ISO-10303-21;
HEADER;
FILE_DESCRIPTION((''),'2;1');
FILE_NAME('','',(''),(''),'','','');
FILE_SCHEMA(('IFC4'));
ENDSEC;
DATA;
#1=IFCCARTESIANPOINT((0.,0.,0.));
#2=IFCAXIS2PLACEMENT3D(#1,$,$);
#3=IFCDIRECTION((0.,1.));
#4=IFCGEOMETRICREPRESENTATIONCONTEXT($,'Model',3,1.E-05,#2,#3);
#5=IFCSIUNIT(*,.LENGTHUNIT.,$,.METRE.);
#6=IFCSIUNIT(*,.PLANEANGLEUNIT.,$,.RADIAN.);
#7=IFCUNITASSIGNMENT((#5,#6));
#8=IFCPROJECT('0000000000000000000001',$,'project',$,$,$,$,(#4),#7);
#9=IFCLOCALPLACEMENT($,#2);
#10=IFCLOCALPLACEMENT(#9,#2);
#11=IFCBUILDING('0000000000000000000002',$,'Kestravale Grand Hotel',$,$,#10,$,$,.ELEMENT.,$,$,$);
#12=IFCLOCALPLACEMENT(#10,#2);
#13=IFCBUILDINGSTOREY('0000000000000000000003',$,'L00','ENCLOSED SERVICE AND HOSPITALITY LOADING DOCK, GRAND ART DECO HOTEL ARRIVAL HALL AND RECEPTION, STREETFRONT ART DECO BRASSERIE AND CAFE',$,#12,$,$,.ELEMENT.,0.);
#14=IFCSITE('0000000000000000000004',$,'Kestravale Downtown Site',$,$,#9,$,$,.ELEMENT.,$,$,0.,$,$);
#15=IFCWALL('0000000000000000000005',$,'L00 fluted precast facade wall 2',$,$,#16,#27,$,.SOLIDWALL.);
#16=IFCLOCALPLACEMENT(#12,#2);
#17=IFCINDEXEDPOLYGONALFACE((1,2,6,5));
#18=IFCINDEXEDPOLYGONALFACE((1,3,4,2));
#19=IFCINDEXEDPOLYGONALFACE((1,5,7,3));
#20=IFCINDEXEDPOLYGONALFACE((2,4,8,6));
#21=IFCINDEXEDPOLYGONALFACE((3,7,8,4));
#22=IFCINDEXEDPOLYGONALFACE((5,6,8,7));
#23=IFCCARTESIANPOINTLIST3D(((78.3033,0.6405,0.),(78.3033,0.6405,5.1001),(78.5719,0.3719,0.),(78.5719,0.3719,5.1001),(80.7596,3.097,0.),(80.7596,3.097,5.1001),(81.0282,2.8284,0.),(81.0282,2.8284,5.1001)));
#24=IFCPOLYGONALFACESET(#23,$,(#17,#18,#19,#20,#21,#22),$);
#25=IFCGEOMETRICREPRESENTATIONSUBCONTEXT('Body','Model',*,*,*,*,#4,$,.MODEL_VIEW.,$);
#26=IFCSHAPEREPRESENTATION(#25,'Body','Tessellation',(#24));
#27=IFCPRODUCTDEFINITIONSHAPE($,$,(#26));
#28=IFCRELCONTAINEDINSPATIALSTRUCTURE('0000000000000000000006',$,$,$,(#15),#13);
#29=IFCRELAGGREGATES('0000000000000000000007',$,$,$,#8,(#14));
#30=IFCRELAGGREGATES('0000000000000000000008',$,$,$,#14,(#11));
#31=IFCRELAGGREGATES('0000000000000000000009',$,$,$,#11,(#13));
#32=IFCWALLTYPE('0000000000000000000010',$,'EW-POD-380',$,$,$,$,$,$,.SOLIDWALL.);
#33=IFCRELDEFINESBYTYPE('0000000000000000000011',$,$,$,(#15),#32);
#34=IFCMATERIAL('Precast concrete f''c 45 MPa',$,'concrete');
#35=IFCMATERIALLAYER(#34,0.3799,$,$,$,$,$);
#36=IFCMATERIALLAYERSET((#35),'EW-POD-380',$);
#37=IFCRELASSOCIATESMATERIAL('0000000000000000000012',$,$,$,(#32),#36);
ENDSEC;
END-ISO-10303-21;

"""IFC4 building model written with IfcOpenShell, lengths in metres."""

from ifc_helpers import new_model, si_unit, direction, frame, frame_2d, origin, place, context, subcontext, project, spatial, rectangle, extrude, material, layer, layer_set, type_object, element, save


model = new_model("IFC4")

# Units and contexts
model_context = context("Model", 3, precision=1e-05, world=origin(), true_north=direction((0.0, 1.0)))
body_context = subcontext(model_context, "Body", "Model", "MODEL_VIEW")
ifc_project = project(units=[si_unit("LENGTHUNIT", "METRE"), si_unit("PLANEANGLEUNIT", "RADIAN")], contexts=[model_context])

# Site, building, storey
site_placement = place(None, origin())
site = spatial("IfcSite", under=ifc_project, at=site_placement, Name="Kestravale Downtown Site", CompositionType="ELEMENT", RefElevation=0.0)
building_placement = place(site_placement, origin())
building = spatial("IfcBuilding", under=site, at=building_placement, Name="Kestravale Grand Hotel", CompositionType="ELEMENT")
storey_placement = place(building_placement, origin())
storey = spatial("IfcBuildingStorey", under=building, at=storey_placement, Name="L00", Description="ENCLOSED SERVICE AND HOSPITALITY LOADING DOCK, GRAND ART DECO HOTEL ARRIVAL HALL AND RECEPTION, STREETFRONT ART DECO BRASSERIE AND CAFE", CompositionType="ELEMENT", Elevation=0.0)

# Shared definitions
ifc_material_1 = material(Name="Precast concrete f'c 45 MPa", Category="concrete")
ifc_layer = layer(ifc_material_1, 0.3799)
ifc_layer_set = layer_set([ifc_layer], Name="EW-POD-380")
wall_type = type_object("IfcWallType", Name="EW-POD-380", PredefinedType="SOLIDWALL", material=ifc_layer_set)

# Wall
wall_1_placement = place(storey_placement, frame((80.8938, 2.9626, 0.0), z_axis=(0.0, 0.0, 1.0), x_axis=(-0.707072, -0.707142, 0.0)))
element("IfcWall", 1, at=wall_1_placement, inside=storey, type_object=wall_type, Name="L00 fluted precast facade wall 2", PredefinedType="SOLIDWALL", context=body_context, shape_type="SweptSolid", body=[
    extrude(rectangle(XDim=3.4739, YDim=0.3799, at=frame_2d((1.7368, 0.0))), origin(), (0.0, 0.0, 1.0), 5.1001),
])

save(model, "model.ifc")
